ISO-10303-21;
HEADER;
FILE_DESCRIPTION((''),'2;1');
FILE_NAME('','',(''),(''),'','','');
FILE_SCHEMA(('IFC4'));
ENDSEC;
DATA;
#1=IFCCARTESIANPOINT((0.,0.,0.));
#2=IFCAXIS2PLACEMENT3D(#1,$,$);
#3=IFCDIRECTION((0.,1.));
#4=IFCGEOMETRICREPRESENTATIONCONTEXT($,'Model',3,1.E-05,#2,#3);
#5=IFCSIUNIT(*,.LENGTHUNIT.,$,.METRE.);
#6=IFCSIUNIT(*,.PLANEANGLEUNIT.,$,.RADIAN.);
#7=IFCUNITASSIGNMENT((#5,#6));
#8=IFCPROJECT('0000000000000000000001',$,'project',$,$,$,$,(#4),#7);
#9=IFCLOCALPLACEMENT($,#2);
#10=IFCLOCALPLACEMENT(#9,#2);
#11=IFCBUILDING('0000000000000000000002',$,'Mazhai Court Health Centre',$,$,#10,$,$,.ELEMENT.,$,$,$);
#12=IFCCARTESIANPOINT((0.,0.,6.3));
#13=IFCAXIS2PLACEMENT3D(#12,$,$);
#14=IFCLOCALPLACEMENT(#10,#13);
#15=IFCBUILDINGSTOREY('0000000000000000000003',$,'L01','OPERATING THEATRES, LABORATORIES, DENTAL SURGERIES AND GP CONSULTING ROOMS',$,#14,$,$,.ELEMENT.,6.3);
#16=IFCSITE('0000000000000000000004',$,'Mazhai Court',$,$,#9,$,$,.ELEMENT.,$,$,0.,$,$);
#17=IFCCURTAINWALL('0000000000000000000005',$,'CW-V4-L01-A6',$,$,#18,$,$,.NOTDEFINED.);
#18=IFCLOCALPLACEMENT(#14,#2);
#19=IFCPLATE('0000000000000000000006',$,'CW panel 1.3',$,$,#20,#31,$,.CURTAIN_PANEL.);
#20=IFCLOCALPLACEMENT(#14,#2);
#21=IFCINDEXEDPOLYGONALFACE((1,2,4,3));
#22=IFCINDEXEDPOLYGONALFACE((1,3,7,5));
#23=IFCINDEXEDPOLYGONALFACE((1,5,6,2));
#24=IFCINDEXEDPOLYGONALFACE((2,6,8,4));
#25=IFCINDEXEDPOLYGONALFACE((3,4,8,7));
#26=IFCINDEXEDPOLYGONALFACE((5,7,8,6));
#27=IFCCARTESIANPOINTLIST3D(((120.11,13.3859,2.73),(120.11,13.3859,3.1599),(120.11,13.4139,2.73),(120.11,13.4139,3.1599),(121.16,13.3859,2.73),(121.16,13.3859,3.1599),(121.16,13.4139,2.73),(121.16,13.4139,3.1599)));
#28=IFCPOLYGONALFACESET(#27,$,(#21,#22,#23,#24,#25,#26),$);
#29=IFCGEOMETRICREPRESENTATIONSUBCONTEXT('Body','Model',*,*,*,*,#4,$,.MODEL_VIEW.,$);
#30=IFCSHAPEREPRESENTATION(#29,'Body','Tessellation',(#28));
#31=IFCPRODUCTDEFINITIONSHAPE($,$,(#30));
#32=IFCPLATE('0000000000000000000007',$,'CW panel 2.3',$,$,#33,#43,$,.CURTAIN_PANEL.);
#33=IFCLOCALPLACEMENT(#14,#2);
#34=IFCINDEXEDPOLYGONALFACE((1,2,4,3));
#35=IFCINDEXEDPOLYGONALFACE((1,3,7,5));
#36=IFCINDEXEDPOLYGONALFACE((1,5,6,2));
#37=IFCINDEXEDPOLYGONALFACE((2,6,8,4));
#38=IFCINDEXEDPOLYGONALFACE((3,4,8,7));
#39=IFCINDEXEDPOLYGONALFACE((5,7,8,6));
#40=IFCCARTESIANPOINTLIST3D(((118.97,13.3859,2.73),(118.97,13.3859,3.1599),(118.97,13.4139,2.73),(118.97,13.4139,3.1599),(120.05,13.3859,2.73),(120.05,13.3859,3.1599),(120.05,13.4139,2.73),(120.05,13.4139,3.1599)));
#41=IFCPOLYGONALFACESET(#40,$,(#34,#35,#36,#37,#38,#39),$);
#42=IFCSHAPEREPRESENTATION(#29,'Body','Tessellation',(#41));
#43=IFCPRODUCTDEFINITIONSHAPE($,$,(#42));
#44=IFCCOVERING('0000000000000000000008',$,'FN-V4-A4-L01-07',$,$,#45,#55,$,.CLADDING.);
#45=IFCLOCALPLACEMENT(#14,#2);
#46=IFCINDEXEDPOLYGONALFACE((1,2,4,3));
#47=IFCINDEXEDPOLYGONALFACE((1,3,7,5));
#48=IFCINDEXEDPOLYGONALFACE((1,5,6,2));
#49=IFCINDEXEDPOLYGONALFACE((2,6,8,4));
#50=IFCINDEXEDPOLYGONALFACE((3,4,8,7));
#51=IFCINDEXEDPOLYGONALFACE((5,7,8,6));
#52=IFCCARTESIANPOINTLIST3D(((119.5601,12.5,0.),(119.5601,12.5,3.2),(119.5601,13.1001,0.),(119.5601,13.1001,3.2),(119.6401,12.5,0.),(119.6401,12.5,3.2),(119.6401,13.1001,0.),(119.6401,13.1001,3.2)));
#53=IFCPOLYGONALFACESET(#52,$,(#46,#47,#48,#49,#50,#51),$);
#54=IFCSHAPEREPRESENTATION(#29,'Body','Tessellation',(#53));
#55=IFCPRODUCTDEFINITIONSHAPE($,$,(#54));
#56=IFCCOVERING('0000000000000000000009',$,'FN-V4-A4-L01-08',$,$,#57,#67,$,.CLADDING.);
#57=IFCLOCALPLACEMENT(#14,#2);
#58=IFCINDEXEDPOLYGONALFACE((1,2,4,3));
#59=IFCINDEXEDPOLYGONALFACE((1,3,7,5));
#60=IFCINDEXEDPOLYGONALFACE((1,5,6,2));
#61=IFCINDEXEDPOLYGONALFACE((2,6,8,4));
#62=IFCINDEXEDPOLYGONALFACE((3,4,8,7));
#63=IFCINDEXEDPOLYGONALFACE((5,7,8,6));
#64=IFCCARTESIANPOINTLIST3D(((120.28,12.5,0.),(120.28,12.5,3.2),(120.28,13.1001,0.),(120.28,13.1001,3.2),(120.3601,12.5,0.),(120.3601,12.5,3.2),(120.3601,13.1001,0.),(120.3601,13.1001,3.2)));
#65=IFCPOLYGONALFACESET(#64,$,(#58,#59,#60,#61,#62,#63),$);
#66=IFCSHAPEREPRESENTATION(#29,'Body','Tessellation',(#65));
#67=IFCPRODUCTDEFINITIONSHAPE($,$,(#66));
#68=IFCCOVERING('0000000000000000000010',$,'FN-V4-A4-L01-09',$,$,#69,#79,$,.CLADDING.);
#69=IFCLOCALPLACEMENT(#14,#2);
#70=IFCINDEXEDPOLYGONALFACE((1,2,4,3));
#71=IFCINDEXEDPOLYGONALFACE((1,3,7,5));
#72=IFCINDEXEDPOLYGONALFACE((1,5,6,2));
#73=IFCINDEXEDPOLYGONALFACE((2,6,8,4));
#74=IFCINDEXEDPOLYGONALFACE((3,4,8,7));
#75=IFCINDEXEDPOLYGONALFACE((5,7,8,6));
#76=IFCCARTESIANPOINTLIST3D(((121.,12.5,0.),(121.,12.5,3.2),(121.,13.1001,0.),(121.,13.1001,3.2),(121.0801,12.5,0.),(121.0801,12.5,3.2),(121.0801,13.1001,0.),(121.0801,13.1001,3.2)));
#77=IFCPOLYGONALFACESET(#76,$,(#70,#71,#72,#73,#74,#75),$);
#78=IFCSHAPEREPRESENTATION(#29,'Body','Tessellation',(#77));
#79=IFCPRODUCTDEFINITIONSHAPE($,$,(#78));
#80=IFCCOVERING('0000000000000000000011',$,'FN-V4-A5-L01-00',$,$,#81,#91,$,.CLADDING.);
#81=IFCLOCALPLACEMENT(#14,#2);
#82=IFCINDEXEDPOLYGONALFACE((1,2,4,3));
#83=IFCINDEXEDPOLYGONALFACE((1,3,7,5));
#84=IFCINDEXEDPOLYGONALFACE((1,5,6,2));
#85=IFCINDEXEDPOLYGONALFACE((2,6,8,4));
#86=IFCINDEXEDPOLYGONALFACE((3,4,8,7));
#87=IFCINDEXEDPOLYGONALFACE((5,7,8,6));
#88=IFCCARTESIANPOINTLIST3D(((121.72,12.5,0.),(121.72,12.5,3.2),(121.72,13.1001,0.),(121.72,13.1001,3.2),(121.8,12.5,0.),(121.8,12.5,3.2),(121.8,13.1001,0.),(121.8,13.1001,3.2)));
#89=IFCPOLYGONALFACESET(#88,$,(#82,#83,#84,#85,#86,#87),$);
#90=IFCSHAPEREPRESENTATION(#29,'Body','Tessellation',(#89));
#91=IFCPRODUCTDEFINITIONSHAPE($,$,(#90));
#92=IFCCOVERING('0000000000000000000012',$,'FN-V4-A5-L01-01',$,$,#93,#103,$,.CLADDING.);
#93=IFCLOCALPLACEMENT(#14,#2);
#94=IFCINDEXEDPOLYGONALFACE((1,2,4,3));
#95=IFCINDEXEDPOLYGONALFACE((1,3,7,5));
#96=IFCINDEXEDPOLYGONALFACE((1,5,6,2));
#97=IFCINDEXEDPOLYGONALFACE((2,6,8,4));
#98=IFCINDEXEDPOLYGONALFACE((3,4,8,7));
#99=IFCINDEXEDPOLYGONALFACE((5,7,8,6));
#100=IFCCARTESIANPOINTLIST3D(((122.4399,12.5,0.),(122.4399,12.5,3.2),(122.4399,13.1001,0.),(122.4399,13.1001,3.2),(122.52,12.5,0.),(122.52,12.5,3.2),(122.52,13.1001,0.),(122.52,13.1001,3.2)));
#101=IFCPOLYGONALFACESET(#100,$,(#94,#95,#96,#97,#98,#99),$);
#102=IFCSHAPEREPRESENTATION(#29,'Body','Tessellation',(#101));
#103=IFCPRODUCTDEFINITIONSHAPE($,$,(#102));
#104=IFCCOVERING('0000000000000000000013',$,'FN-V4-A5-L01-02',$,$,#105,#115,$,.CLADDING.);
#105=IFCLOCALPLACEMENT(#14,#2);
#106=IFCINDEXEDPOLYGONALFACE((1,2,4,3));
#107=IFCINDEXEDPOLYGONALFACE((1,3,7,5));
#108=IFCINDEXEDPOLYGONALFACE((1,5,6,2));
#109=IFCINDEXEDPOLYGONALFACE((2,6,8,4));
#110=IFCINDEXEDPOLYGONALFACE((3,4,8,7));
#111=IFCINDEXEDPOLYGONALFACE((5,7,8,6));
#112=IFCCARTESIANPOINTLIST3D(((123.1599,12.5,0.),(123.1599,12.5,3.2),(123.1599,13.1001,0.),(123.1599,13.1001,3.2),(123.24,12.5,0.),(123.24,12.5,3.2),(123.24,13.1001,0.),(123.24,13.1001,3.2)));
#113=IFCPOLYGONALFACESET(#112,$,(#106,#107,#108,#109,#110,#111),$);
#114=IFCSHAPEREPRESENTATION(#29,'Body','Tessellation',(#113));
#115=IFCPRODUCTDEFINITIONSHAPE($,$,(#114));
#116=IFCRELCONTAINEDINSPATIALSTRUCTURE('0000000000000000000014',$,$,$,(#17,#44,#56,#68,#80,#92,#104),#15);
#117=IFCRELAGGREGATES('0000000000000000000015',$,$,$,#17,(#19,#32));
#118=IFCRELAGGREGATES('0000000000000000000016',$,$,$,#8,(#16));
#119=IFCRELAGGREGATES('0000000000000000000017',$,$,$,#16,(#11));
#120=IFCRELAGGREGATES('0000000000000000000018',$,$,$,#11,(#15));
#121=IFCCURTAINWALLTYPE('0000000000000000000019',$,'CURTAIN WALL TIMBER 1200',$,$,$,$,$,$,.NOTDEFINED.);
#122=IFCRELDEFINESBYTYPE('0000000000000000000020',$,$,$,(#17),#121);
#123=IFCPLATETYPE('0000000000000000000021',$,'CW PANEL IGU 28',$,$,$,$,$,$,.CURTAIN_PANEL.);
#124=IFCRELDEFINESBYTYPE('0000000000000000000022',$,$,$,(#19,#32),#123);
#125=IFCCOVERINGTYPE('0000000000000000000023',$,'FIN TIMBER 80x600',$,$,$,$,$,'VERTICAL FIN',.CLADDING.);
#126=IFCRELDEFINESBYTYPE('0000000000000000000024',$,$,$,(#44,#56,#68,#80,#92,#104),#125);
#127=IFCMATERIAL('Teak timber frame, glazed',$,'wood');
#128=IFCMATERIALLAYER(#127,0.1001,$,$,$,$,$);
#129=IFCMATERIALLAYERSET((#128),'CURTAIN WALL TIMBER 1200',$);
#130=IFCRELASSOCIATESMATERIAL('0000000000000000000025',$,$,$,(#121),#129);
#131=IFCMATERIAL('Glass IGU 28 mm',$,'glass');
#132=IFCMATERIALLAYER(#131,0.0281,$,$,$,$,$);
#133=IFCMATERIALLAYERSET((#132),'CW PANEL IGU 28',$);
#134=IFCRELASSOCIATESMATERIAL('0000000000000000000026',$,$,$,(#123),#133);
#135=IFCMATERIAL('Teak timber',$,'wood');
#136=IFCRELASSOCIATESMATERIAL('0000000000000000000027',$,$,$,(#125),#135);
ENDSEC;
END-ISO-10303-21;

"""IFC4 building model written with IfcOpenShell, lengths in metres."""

from ifc_helpers import new_model, si_unit, direction, frame, origin, origin_2d, place, context, subcontext, project, spatial, rectangle, extrude, material, layer, layer_set, type_object, element, aggregate, save


model = new_model("IFC4")

# Units and contexts
model_context = context("Model", 3, precision=1e-05, world=origin(), true_north=direction((0.0, 1.0)))
body_context = subcontext(model_context, "Body", "Model", "MODEL_VIEW")
ifc_project = project(units=[si_unit("LENGTHUNIT", "METRE"), si_unit("PLANEANGLEUNIT", "RADIAN")], contexts=[model_context])

# Site, building, storey
site_placement = place(None, origin())
site = spatial("IfcSite", under=ifc_project, at=site_placement, Name="Mazhai Court", CompositionType="ELEMENT", RefElevation=0.0)
building_placement = place(site_placement, origin())
building = spatial("IfcBuilding", under=site, at=building_placement, Name="Mazhai Court Health Centre", CompositionType="ELEMENT")
storey_placement = place(building_placement, frame((0.0, 0.0, 6.3)))
storey = spatial("IfcBuildingStorey", under=building, at=storey_placement, Name="L01", Description="OPERATING THEATRES, LABORATORIES, DENTAL SURGERIES AND GP CONSULTING ROOMS", CompositionType="ELEMENT", Elevation=6.3)

# Curtain wall
ifc_material_1 = material(Name="Teak timber frame, glazed", Category="wood")
ifc_layer_1 = layer(ifc_material_1, 0.1001)
ifc_layer_set_1 = layer_set([ifc_layer_1], Name="CURTAIN WALL TIMBER 1200")
curtain_wall_type = type_object("IfcCurtainWallType", Name="CURTAIN WALL TIMBER 1200", PredefinedType="NOTDEFINED", material=ifc_layer_set_1)
curtain_wall_placement = place(storey_placement, origin())
curtain_wall = element("IfcCurtainWall", 1, at=curtain_wall_placement, inside=storey, type_object=curtain_wall_type, Name="CW-V4-L01-A6", PredefinedType="NOTDEFINED")

# Plates
ifc_material_2 = material(Name="Glass IGU 28 mm", Category="glass")
ifc_layer_2 = layer(ifc_material_2, 0.0281)
ifc_layer_set_2 = layer_set([ifc_layer_2], Name="CW PANEL IGU 28")
plate_type = type_object("IfcPlateType", Name="CW PANEL IGU 28", PredefinedType="CURTAIN_PANEL", material=ifc_layer_set_2)
plate_1_placement = place(storey_placement, frame((120.635, 13.3999, 2.73), z_axis=(0.0, 0.0, 1.0), x_axis=(-1.0, 0.0, 0.0)))
plate_1 = element("IfcPlate", 2, at=plate_1_placement, type_object=plate_type, Name="CW panel 1.3", PredefinedType="CURTAIN_PANEL", context=body_context, shape_type="SweptSolid", body=[
    extrude(rectangle(XDim=1.05, YDim=0.0281, at=origin_2d()), origin(), (0.0, 0.0, 1.0), 0.4299),
])
plate_2_placement = place(storey_placement, frame((119.51, 13.3999, 2.73), z_axis=(0.0, 0.0, 1.0), x_axis=(-1.0, 0.0, 0.0)))
plate_2 = element("IfcPlate", 3, at=plate_2_placement, type_object=plate_type, Name="CW panel 2.3", PredefinedType="CURTAIN_PANEL", context=body_context, shape_type="SweptSolid", body=[
    extrude(rectangle(XDim=1.0801, YDim=0.0281, at=origin_2d()), origin(), (0.0, 0.0, 1.0), 0.4299),
])
aggregate(curtain_wall, [plate_1, plate_2])

# Coverings
ifc_material_3 = material(Name="Teak timber", Category="wood")
covering_type = type_object("IfcCoveringType", Name="FIN TIMBER 80x600", ElementType="VERTICAL FIN", PredefinedType="CLADDING", material=ifc_material_3)
for number, where, z_axis, x_axis, name in (
    (4, (119.6001, 12.8, 0.0), (0.0, 0.0, 1.0), (1.0, 0.0, 0.0), "FN-V4-A4-L01-07"),
    (5, (120.3201, 12.8, 0.0), (0.0, 0.0, 1.0), (1.0, 0.0, 0.0), "FN-V4-A4-L01-08"),
    (6, (121.04, 12.8, 0.0), (0.0, 0.0, 1.0), (1.0, 0.0, 0.0), "FN-V4-A4-L01-09"),
    (7, (121.76, 12.8, 0.0), (0.0, 0.0, 1.0), (1.0, 0.0, 0.0), "FN-V4-A5-L01-00"),
    (8, (122.48, 12.8, 0.0), (0.0, 0.0, 1.0), (1.0, 0.0, 0.0), "FN-V4-A5-L01-01"),
    (9, (123.2, 12.8, 0.0), (0.0, 0.0, 1.0), (1.0, 0.0, 0.0), "FN-V4-A5-L01-02"),
):
    element("IfcCovering", number, at=place(storey_placement, frame(where, z_axis=z_axis, x_axis=x_axis)), inside=storey, type_object=covering_type, Name=name, PredefinedType="CLADDING", context=body_context, shape_type="SweptSolid", body=[
        extrude(rectangle(XDim=0.0801, YDim=0.6001, at=origin_2d()), origin(), (0.0, 0.0, 1.0), 3.2),
    ])

save(model, "model.ifc")
